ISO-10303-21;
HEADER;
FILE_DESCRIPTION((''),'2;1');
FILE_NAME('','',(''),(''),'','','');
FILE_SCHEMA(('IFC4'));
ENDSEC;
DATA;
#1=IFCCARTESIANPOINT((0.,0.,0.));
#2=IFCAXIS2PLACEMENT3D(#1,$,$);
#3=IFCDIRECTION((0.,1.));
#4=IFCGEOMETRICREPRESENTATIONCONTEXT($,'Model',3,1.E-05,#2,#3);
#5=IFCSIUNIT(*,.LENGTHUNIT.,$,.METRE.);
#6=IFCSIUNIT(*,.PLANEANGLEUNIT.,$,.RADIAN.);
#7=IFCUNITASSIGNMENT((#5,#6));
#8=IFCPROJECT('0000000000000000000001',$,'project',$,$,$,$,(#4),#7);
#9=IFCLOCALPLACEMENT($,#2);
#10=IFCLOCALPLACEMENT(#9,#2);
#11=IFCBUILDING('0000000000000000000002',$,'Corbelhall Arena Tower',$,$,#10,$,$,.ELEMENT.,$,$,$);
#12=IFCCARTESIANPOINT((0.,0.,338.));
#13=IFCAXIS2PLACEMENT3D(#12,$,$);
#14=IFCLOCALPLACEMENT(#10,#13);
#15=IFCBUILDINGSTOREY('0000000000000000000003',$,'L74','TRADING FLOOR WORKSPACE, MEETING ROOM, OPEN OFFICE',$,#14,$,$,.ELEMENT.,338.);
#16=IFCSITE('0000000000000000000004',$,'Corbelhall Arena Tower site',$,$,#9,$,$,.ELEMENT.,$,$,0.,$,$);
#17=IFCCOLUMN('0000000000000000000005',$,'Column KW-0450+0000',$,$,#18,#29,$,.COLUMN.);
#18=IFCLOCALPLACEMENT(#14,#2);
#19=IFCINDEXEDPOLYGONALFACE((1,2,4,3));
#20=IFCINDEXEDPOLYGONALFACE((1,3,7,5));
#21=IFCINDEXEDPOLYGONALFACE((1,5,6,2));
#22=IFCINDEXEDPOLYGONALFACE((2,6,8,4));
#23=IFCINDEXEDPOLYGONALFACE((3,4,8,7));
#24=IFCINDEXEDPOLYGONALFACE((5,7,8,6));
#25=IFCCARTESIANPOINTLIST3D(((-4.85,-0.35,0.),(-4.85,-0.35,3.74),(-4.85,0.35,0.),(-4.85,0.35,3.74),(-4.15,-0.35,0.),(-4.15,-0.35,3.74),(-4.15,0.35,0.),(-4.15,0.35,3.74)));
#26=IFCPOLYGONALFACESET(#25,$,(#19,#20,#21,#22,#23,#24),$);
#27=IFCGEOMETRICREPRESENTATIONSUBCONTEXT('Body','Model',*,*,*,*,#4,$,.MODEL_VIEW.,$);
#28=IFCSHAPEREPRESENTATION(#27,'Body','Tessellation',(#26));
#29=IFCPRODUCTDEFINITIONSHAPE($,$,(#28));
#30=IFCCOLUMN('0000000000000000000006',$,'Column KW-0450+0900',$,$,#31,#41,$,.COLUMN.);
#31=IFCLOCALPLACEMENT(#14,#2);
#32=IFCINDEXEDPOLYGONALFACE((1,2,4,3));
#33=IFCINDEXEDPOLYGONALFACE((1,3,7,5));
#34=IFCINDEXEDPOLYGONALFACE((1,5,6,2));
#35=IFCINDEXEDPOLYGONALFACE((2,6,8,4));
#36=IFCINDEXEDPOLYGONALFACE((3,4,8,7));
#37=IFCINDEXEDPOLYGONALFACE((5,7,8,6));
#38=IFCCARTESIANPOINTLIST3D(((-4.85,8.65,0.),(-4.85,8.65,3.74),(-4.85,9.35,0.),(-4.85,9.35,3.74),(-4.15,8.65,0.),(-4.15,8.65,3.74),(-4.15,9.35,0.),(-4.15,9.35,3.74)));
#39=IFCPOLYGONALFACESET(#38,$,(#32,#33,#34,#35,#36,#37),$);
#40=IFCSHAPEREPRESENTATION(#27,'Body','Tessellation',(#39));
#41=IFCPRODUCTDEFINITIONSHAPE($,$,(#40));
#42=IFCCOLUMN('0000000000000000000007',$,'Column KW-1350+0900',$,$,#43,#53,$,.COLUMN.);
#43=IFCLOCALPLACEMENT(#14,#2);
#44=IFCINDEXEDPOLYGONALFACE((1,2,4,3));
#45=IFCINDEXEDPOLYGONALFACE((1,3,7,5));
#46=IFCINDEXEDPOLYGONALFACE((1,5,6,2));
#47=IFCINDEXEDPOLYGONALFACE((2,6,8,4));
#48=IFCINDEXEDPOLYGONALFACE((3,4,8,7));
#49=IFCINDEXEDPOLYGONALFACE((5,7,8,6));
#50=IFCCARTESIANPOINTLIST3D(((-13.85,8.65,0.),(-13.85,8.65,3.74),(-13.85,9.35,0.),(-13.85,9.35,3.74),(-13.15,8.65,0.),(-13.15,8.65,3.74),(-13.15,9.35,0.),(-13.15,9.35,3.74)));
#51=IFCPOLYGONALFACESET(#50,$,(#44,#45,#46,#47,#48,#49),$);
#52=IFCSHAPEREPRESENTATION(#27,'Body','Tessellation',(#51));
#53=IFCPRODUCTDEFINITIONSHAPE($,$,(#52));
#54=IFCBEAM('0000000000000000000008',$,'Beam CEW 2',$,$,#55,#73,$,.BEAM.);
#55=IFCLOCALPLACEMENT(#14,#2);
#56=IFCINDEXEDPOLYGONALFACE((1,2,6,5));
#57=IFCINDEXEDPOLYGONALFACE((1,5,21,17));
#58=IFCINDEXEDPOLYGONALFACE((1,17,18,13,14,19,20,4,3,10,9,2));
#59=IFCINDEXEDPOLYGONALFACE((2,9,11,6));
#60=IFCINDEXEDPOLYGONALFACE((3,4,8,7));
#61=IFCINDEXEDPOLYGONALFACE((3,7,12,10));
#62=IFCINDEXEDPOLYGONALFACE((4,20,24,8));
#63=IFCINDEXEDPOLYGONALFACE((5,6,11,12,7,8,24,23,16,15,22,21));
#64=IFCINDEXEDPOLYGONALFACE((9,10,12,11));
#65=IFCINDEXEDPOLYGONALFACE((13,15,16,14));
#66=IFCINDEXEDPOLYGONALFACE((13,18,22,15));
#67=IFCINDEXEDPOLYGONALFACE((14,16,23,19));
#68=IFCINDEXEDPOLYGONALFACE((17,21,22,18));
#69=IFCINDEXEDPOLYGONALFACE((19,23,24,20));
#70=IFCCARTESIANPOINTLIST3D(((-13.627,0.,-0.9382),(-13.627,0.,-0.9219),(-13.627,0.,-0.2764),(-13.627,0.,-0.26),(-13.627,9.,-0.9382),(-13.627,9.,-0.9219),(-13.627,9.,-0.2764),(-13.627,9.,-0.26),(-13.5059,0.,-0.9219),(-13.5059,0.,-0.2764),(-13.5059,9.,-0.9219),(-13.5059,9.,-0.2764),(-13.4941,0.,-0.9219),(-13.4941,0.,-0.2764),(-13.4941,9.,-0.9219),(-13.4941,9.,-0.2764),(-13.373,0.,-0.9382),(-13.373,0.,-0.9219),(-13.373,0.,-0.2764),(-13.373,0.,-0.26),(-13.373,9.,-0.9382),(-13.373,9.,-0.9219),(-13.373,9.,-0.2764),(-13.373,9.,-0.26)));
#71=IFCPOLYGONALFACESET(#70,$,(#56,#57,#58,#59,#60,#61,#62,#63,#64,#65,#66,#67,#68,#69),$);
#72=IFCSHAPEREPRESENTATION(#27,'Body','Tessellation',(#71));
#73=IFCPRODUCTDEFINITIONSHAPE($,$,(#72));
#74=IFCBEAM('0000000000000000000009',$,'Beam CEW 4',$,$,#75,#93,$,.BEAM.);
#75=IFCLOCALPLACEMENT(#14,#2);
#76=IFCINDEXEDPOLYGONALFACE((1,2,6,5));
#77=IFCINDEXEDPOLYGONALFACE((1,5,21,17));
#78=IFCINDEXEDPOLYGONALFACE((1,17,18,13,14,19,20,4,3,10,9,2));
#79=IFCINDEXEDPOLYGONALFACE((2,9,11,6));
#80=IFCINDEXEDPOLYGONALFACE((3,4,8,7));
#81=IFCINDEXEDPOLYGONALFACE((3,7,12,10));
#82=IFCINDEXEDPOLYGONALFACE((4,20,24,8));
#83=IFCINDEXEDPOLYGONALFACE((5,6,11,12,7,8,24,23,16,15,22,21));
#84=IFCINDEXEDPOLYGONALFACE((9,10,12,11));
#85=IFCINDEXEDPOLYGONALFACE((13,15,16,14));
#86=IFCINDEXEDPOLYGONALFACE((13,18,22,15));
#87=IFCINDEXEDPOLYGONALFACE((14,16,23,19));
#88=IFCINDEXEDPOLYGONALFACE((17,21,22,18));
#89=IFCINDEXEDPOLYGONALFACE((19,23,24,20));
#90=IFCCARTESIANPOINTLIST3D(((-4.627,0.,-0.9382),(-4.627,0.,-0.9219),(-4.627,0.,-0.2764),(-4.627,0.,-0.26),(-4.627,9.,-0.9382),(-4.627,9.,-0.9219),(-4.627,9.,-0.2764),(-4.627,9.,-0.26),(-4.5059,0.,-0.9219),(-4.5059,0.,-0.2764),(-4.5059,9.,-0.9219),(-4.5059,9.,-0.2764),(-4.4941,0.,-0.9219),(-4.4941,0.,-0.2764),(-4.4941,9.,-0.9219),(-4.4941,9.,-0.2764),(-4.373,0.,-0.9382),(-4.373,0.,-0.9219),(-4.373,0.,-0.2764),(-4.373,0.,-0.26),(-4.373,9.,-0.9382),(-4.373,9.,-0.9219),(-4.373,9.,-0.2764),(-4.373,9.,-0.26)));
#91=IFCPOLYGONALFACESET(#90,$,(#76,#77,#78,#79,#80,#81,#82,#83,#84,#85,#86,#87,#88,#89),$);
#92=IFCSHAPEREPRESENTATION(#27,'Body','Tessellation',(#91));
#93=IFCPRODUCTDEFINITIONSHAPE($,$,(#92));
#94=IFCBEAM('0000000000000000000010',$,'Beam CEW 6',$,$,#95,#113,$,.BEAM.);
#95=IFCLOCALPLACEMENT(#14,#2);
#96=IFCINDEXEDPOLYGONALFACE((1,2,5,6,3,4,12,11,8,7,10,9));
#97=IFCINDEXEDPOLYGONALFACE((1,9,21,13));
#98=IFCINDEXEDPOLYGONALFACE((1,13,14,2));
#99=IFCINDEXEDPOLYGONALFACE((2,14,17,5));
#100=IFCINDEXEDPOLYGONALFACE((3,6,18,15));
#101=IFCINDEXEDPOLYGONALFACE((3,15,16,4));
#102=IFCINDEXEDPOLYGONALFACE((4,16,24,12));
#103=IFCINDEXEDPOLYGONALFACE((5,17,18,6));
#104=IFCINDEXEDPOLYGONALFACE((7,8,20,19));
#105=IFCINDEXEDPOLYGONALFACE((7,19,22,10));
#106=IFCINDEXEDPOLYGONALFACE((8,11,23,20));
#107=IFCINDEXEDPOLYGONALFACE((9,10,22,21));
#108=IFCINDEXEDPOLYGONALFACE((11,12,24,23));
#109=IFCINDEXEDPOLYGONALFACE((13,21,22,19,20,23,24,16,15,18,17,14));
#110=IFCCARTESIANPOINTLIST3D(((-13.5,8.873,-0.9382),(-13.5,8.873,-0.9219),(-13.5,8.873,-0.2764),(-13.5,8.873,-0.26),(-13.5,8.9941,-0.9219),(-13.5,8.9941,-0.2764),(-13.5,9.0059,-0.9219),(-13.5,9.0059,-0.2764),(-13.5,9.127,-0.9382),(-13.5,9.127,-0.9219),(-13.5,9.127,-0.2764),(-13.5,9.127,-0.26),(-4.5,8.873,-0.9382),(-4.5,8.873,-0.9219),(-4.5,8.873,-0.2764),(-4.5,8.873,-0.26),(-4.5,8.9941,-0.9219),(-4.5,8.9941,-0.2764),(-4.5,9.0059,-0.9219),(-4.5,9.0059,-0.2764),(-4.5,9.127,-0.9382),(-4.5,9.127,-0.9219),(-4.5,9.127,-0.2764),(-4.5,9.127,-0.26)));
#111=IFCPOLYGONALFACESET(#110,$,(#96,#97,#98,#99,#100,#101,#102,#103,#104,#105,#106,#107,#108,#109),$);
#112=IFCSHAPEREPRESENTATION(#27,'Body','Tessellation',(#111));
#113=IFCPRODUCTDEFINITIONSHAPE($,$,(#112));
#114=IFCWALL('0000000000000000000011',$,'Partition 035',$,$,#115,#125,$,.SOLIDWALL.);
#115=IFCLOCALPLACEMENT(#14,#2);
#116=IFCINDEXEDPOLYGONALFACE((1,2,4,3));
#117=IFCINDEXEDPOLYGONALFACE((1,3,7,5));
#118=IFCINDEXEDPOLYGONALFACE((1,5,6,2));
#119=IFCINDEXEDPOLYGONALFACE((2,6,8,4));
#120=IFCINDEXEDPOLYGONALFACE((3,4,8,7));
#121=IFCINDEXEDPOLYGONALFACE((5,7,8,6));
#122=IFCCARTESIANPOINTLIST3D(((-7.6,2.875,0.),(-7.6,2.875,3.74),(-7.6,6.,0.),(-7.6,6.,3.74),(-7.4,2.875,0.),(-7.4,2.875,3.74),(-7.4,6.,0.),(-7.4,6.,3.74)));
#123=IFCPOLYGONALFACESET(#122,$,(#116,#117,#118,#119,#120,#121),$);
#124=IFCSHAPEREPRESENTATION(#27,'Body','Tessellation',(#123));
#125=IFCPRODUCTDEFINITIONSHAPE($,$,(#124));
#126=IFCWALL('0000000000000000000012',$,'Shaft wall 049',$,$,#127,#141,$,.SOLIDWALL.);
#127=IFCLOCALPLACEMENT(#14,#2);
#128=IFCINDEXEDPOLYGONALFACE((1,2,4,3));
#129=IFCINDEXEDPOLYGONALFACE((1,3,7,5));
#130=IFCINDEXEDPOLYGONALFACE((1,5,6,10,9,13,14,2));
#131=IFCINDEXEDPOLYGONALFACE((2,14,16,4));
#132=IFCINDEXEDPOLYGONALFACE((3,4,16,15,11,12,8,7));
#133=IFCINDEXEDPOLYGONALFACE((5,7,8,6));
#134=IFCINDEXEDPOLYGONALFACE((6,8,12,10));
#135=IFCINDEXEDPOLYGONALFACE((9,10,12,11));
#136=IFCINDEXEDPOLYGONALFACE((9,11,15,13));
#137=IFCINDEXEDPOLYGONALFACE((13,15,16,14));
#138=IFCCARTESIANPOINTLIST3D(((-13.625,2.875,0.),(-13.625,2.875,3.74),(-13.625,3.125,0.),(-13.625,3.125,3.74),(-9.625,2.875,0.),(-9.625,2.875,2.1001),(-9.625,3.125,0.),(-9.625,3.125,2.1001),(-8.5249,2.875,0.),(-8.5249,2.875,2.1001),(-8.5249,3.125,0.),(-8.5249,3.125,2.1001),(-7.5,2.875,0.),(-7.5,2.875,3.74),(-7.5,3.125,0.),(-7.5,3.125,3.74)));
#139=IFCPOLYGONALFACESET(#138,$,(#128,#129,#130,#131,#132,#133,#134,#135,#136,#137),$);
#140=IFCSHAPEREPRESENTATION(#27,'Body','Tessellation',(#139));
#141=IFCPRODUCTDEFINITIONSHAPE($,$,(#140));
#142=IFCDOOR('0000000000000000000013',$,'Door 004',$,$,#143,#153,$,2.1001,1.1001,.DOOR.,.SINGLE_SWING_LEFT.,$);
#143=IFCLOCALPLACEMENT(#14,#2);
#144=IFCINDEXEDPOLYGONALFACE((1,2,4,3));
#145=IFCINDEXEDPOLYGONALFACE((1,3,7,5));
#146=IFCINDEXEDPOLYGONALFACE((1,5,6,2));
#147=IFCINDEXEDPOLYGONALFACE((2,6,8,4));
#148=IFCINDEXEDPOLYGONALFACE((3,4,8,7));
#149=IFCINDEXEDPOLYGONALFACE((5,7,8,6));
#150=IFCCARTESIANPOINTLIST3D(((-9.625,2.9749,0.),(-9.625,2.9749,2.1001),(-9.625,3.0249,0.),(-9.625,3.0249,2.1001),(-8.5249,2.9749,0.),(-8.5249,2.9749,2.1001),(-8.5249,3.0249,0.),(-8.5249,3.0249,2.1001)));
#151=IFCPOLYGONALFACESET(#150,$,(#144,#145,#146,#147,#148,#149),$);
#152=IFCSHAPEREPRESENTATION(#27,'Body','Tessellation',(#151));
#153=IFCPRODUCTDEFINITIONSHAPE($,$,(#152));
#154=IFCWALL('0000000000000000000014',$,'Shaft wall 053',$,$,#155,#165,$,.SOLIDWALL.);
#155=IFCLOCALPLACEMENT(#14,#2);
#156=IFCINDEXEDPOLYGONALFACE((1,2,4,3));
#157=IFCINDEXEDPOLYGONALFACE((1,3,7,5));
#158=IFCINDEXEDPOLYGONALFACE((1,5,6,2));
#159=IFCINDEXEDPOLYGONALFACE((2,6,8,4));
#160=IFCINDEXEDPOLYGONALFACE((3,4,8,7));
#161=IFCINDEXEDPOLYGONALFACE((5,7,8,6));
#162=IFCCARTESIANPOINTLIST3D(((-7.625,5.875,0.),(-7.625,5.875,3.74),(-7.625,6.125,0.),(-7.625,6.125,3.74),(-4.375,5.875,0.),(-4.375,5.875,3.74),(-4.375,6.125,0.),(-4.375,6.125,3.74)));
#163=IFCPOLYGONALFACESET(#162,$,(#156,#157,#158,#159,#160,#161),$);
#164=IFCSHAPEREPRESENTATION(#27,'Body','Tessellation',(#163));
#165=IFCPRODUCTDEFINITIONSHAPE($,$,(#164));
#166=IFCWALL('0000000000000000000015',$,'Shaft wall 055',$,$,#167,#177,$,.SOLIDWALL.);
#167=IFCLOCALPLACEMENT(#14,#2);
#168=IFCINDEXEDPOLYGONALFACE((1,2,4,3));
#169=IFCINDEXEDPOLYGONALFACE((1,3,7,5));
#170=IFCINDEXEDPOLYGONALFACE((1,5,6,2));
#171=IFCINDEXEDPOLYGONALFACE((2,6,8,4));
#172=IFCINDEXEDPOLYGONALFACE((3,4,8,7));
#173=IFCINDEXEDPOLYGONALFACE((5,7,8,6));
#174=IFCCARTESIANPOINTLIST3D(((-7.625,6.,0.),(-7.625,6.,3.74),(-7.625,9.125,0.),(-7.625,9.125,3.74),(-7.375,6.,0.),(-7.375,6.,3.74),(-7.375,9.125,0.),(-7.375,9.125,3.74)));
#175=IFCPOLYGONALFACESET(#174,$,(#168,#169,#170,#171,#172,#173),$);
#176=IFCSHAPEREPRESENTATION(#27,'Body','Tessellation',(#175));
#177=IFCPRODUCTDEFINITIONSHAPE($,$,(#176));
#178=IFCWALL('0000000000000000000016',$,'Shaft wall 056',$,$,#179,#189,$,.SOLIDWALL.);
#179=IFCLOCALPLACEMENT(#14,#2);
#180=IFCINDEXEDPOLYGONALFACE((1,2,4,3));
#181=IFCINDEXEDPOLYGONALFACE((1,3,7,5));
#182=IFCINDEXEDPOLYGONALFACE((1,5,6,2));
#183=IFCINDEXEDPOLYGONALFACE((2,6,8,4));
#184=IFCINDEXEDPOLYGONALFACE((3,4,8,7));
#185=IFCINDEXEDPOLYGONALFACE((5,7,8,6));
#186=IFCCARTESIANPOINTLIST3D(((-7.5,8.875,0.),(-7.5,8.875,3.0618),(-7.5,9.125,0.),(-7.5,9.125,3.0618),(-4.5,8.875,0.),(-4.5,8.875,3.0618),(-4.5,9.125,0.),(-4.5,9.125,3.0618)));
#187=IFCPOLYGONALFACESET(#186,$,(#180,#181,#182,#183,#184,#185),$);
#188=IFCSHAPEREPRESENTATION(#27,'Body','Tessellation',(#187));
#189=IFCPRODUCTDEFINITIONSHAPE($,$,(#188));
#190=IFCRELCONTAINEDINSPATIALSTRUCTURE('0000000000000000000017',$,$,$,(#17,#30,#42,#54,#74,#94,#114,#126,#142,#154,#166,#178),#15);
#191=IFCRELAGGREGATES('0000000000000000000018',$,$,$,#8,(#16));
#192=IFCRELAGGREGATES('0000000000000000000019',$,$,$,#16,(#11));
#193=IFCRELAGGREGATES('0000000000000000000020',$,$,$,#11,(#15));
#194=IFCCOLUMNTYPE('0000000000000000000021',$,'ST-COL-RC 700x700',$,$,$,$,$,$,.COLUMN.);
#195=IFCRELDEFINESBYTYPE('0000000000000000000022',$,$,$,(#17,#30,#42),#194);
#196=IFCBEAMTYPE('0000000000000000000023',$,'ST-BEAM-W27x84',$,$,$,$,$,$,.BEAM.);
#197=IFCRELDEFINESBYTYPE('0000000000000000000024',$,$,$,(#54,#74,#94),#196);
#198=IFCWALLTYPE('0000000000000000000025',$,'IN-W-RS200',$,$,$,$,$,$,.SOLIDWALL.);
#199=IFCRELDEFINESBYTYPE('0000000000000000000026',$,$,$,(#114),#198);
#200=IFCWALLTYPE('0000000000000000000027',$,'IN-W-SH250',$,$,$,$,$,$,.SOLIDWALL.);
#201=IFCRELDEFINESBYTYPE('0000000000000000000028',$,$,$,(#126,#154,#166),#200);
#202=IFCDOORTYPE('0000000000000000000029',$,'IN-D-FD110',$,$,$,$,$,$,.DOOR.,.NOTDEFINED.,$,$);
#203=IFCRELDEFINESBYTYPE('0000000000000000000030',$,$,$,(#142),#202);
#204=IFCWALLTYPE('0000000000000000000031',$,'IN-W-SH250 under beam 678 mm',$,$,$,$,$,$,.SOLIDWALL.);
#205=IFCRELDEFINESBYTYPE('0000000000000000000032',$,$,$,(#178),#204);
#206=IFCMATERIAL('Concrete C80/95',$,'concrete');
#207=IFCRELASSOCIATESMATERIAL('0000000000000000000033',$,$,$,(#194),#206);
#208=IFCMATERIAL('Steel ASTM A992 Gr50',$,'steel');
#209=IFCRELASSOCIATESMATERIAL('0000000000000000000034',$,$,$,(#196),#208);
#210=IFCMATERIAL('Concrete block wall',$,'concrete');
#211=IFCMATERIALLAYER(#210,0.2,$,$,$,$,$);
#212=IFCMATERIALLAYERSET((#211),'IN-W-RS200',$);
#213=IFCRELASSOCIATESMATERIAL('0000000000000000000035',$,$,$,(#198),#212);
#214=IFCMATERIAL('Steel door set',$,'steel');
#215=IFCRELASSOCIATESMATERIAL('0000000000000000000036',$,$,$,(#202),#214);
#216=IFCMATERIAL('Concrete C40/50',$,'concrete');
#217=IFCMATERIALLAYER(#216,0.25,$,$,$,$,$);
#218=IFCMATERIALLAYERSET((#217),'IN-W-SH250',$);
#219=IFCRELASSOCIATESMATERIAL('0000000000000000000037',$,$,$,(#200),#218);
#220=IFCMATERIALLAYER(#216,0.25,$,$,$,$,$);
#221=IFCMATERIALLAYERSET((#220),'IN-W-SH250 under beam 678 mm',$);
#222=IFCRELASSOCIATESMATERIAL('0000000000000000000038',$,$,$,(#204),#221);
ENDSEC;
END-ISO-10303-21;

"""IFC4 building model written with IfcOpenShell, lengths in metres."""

from ifc_helpers import new_model, si_unit, direction, frame, frame_2d, origin, origin_2d, place, context, subcontext, project, spatial, rectangle, i_section, extrude, material, layer, layer_set, material_profile, profile_set, type_object, element, fill, save


model = new_model("IFC4")

# Units and contexts
model_context = context("Model", 3, precision=1e-05, world=origin(), true_north=direction((0.0, 1.0)))
body_context = subcontext(model_context, "Body", "Model", "MODEL_VIEW")
ifc_project = project(units=[si_unit("LENGTHUNIT", "METRE"), si_unit("PLANEANGLEUNIT", "RADIAN")], contexts=[model_context])

# Site, building, storey
site_placement = place(None, origin())
site = spatial("IfcSite", under=ifc_project, at=site_placement, Name="Corbelhall Arena Tower site", CompositionType="ELEMENT", RefElevation=0.0)
building_placement = place(site_placement, origin())
building = spatial("IfcBuilding", under=site, at=building_placement, Name="Corbelhall Arena Tower", CompositionType="ELEMENT")
storey_placement = place(building_placement, frame((0.0, 0.0, 338.0)))
storey = spatial("IfcBuildingStorey", under=building, at=storey_placement, Name="L74", Description="TRADING FLOOR WORKSPACE, MEETING ROOM, OPEN OFFICE", CompositionType="ELEMENT", Elevation=338.0)

# Columns
ifc_material_1 = material(Name="Concrete C80/95", Category="concrete")
ifc_material_profile_1 = material_profile(ifc_material_1, rectangle(XDim=0.7, YDim=0.7, at=origin_2d()))
ifc_profile_set_1 = profile_set([ifc_material_profile_1], Name="Concrete C80/95")
column_type = type_object("IfcColumnType", Name="ST-COL-RC 700x700", PredefinedType="COLUMN", material=ifc_profile_set_1)
for number, where, z_axis, x_axis, name in (
    (1, (-4.5, 0.0, 0.0), (0.0, 0.0, 1.0), (1.0, 0.0, 0.0), "Column KW-0450+0000"),
    (2, (-4.5, 9.0, 0.0), (0.0, 0.0, 1.0), (1.0, 0.0, 0.0), "Column KW-0450+0900"),
    (3, (-13.5, 9.0, 0.0), (0.0, 0.0, 1.0), (1.0, 0.0, 0.0), "Column KW-1350+0900"),
):
    element("IfcColumn", number, at=place(storey_placement, frame(where, z_axis=z_axis, x_axis=x_axis)), inside=storey, type_object=column_type, Name=name, PredefinedType="COLUMN", context=body_context, shape_type="SweptSolid", body=[
        extrude(rectangle(XDim=0.7, YDim=0.7, at=origin_2d()), origin(), (0.0, 0.0, 1.0), 3.74),
    ])

# Beams
ifc_material_2 = material(Name="Steel ASTM A992 Gr50", Category="steel")
ifc_material_profile_2 = material_profile(ifc_material_2, i_section(OverallWidth=0.2539, OverallDepth=0.6782, WebThickness=0.0117, FlangeThickness=0.0164, at=origin_2d()))
ifc_profile_set_2 = profile_set([ifc_material_profile_2], Name="Steel ASTM A992 Gr50")
beam_type = type_object("IfcBeamType", Name="ST-BEAM-W27x84", PredefinedType="BEAM", material=ifc_profile_set_2)
for number, where, z_axis, x_axis, name in (
    (4, (-13.5, 0.0, -0.5991), (0.0, 1.0, 0.0), (-1.0, 0.0, 0.0), "Beam CEW 2"),
    (5, (-4.5, 0.0, -0.5991), (0.0, 1.0, 0.0), (-1.0, 0.0, 0.0), "Beam CEW 4"),
    (6, (-13.5, 9.0, -0.5991), (1.0, 0.0, 0.0), (0.0, 1.0, 0.0), "Beam CEW 6"),
):
    element("IfcBeam", number, at=place(storey_placement, frame(where, z_axis=z_axis, x_axis=x_axis)), inside=storey, type_object=beam_type, Name=name, PredefinedType="BEAM", context=body_context, shape_type="SweptSolid", body=[
        extrude(i_section(OverallWidth=0.2539, OverallDepth=0.6782, WebThickness=0.0117, FlangeThickness=0.0164, at=origin_2d()), origin(), (0.0, 0.0, 1.0), 9.0),
    ])

# Wall
ifc_material_3 = material(Name="Concrete block wall", Category="concrete")
ifc_layer_1 = layer(ifc_material_3, 0.2)
ifc_layer_set_1 = layer_set([ifc_layer_1], Name="IN-W-RS200")
wall_type_1 = type_object("IfcWallType", Name="IN-W-RS200", PredefinedType="SOLIDWALL", material=ifc_layer_set_1)
wall_1_placement = place(storey_placement, frame((-7.5, 2.875, 0.0), z_axis=(0.0, 0.0, 1.0), x_axis=(0.0, 1.0, 0.0)))
element("IfcWall", 7, at=wall_1_placement, inside=storey, type_object=wall_type_1, Name="Partition 035", PredefinedType="SOLIDWALL", context=body_context, shape_type="SweptSolid", body=[
    extrude(rectangle(XDim=3.125, YDim=0.2, at=frame_2d((1.5625, 0.0))), origin(), (0.0, 0.0, 1.0), 3.74),
])

# Shared definitions
ifc_material_4 = material(Name="Steel door set", Category="steel")
door_type_1 = type_object("IfcDoorType", Name="IN-D-FD110", OperationType="NOTDEFINED", PredefinedType="DOOR", material=ifc_material_4)

# Wall, opening, door
ifc_material_5 = material(Name="Concrete C40/50", Category="concrete")
ifc_layer_2 = layer(ifc_material_5, 0.25)
ifc_layer_set_2 = layer_set([ifc_layer_2], Name="IN-W-SH250")
wall_type_2 = type_object("IfcWallType", Name="IN-W-SH250", PredefinedType="SOLIDWALL", material=ifc_layer_set_2)
wall_2_placement = place(storey_placement, frame((-13.625, 3.0, 0.0), z_axis=(0.0, 0.0, 1.0), x_axis=(1.0, 0.0, 0.0)))
wall_2 = element("IfcWall", 8, at=wall_2_placement, inside=storey, type_object=wall_type_2, Name="Shaft wall 049", PredefinedType="SOLIDWALL", context=body_context, shape_type="SweptSolid", body=[
    extrude(rectangle(XDim=6.125, YDim=0.25, at=frame_2d((3.0625, 0.0))), origin(), (0.0, 0.0, 1.0), 3.74),
])
opening_1_placement = place(wall_2_placement, frame((4.0, 0.0, 0.0)))
opening_1 = element("IfcOpeningElement", 9, at=opening_1_placement, cuts=wall_2, PredefinedType="OPENING", context=body_context, shape_type="SweptSolid", body=[
    extrude(rectangle(XDim=1.1001, YDim=2.1001, at=frame_2d((0.55, 1.05))), frame((0.0, 0.125, 0.0), z_axis=(0.0, -1.0, 0.0), x_axis=(1.0, 0.0, 0.0)), (0.0, 0.0, 1.0), 0.25),
])
door_1_placement = place(opening_1_placement, origin())
door_1 = element("IfcDoor", 10, at=door_1_placement, inside=storey, type_object=door_type_1, Name="Door 004", OperationType="SINGLE_SWING_LEFT", OverallHeight=2.1001, OverallWidth=1.1001, PredefinedType="DOOR", context=body_context, shape_type="SweptSolid", body=[
    extrude(rectangle(XDim=1.1001, YDim=2.1001, at=frame_2d((0.55, 1.05))), frame((0.0, 0.0249, 0.0), z_axis=(0.0, -1.0, 0.0), x_axis=(1.0, 0.0, 0.0)), (0.0, 0.0, 1.0), 0.05),
])
fill(opening_1, door_1)

# Walls
wall_3_placement = place(storey_placement, frame((-7.625, 6.0, 0.0), z_axis=(0.0, 0.0, 1.0), x_axis=(1.0, 0.0, 0.0)))
element("IfcWall", 11, at=wall_3_placement, inside=storey, type_object=wall_type_2, Name="Shaft wall 053", PredefinedType="SOLIDWALL", context=body_context, shape_type="SweptSolid", body=[
    extrude(rectangle(XDim=3.25, YDim=0.25, at=frame_2d((1.625, 0.0))), origin(), (0.0, 0.0, 1.0), 3.74),
])
wall_4_placement = place(storey_placement, frame((-7.5, 6.0, 0.0), z_axis=(0.0, 0.0, 1.0), x_axis=(0.0, 1.0, 0.0)))
element("IfcWall", 12, at=wall_4_placement, inside=storey, type_object=wall_type_2, Name="Shaft wall 055", PredefinedType="SOLIDWALL", context=body_context, shape_type="SweptSolid", body=[
    extrude(rectangle(XDim=3.125, YDim=0.25, at=frame_2d((1.5625, 0.0))), origin(), (0.0, 0.0, 1.0), 3.74),
])
ifc_layer_3 = layer(ifc_material_5, 0.25)
ifc_layer_set_3 = layer_set([ifc_layer_3], Name="IN-W-SH250 under beam 678 mm")
wall_type_3 = type_object("IfcWallType", Name="IN-W-SH250 under beam 678 mm", PredefinedType="SOLIDWALL", material=ifc_layer_set_3)
wall_5_placement = place(storey_placement, frame((-7.5, 9.0, 0.0), z_axis=(0.0, 0.0, 1.0), x_axis=(1.0, 0.0, 0.0)))
element("IfcWall", 13, at=wall_5_placement, inside=storey, type_object=wall_type_3, Name="Shaft wall 056", PredefinedType="SOLIDWALL", context=body_context, shape_type="SweptSolid", body=[
    extrude(rectangle(XDim=3.0, YDim=0.25, at=frame_2d((1.5, 0.0))), origin(), (0.0, 0.0, 1.0), 3.0618),
])

save(model, "model.ifc")
